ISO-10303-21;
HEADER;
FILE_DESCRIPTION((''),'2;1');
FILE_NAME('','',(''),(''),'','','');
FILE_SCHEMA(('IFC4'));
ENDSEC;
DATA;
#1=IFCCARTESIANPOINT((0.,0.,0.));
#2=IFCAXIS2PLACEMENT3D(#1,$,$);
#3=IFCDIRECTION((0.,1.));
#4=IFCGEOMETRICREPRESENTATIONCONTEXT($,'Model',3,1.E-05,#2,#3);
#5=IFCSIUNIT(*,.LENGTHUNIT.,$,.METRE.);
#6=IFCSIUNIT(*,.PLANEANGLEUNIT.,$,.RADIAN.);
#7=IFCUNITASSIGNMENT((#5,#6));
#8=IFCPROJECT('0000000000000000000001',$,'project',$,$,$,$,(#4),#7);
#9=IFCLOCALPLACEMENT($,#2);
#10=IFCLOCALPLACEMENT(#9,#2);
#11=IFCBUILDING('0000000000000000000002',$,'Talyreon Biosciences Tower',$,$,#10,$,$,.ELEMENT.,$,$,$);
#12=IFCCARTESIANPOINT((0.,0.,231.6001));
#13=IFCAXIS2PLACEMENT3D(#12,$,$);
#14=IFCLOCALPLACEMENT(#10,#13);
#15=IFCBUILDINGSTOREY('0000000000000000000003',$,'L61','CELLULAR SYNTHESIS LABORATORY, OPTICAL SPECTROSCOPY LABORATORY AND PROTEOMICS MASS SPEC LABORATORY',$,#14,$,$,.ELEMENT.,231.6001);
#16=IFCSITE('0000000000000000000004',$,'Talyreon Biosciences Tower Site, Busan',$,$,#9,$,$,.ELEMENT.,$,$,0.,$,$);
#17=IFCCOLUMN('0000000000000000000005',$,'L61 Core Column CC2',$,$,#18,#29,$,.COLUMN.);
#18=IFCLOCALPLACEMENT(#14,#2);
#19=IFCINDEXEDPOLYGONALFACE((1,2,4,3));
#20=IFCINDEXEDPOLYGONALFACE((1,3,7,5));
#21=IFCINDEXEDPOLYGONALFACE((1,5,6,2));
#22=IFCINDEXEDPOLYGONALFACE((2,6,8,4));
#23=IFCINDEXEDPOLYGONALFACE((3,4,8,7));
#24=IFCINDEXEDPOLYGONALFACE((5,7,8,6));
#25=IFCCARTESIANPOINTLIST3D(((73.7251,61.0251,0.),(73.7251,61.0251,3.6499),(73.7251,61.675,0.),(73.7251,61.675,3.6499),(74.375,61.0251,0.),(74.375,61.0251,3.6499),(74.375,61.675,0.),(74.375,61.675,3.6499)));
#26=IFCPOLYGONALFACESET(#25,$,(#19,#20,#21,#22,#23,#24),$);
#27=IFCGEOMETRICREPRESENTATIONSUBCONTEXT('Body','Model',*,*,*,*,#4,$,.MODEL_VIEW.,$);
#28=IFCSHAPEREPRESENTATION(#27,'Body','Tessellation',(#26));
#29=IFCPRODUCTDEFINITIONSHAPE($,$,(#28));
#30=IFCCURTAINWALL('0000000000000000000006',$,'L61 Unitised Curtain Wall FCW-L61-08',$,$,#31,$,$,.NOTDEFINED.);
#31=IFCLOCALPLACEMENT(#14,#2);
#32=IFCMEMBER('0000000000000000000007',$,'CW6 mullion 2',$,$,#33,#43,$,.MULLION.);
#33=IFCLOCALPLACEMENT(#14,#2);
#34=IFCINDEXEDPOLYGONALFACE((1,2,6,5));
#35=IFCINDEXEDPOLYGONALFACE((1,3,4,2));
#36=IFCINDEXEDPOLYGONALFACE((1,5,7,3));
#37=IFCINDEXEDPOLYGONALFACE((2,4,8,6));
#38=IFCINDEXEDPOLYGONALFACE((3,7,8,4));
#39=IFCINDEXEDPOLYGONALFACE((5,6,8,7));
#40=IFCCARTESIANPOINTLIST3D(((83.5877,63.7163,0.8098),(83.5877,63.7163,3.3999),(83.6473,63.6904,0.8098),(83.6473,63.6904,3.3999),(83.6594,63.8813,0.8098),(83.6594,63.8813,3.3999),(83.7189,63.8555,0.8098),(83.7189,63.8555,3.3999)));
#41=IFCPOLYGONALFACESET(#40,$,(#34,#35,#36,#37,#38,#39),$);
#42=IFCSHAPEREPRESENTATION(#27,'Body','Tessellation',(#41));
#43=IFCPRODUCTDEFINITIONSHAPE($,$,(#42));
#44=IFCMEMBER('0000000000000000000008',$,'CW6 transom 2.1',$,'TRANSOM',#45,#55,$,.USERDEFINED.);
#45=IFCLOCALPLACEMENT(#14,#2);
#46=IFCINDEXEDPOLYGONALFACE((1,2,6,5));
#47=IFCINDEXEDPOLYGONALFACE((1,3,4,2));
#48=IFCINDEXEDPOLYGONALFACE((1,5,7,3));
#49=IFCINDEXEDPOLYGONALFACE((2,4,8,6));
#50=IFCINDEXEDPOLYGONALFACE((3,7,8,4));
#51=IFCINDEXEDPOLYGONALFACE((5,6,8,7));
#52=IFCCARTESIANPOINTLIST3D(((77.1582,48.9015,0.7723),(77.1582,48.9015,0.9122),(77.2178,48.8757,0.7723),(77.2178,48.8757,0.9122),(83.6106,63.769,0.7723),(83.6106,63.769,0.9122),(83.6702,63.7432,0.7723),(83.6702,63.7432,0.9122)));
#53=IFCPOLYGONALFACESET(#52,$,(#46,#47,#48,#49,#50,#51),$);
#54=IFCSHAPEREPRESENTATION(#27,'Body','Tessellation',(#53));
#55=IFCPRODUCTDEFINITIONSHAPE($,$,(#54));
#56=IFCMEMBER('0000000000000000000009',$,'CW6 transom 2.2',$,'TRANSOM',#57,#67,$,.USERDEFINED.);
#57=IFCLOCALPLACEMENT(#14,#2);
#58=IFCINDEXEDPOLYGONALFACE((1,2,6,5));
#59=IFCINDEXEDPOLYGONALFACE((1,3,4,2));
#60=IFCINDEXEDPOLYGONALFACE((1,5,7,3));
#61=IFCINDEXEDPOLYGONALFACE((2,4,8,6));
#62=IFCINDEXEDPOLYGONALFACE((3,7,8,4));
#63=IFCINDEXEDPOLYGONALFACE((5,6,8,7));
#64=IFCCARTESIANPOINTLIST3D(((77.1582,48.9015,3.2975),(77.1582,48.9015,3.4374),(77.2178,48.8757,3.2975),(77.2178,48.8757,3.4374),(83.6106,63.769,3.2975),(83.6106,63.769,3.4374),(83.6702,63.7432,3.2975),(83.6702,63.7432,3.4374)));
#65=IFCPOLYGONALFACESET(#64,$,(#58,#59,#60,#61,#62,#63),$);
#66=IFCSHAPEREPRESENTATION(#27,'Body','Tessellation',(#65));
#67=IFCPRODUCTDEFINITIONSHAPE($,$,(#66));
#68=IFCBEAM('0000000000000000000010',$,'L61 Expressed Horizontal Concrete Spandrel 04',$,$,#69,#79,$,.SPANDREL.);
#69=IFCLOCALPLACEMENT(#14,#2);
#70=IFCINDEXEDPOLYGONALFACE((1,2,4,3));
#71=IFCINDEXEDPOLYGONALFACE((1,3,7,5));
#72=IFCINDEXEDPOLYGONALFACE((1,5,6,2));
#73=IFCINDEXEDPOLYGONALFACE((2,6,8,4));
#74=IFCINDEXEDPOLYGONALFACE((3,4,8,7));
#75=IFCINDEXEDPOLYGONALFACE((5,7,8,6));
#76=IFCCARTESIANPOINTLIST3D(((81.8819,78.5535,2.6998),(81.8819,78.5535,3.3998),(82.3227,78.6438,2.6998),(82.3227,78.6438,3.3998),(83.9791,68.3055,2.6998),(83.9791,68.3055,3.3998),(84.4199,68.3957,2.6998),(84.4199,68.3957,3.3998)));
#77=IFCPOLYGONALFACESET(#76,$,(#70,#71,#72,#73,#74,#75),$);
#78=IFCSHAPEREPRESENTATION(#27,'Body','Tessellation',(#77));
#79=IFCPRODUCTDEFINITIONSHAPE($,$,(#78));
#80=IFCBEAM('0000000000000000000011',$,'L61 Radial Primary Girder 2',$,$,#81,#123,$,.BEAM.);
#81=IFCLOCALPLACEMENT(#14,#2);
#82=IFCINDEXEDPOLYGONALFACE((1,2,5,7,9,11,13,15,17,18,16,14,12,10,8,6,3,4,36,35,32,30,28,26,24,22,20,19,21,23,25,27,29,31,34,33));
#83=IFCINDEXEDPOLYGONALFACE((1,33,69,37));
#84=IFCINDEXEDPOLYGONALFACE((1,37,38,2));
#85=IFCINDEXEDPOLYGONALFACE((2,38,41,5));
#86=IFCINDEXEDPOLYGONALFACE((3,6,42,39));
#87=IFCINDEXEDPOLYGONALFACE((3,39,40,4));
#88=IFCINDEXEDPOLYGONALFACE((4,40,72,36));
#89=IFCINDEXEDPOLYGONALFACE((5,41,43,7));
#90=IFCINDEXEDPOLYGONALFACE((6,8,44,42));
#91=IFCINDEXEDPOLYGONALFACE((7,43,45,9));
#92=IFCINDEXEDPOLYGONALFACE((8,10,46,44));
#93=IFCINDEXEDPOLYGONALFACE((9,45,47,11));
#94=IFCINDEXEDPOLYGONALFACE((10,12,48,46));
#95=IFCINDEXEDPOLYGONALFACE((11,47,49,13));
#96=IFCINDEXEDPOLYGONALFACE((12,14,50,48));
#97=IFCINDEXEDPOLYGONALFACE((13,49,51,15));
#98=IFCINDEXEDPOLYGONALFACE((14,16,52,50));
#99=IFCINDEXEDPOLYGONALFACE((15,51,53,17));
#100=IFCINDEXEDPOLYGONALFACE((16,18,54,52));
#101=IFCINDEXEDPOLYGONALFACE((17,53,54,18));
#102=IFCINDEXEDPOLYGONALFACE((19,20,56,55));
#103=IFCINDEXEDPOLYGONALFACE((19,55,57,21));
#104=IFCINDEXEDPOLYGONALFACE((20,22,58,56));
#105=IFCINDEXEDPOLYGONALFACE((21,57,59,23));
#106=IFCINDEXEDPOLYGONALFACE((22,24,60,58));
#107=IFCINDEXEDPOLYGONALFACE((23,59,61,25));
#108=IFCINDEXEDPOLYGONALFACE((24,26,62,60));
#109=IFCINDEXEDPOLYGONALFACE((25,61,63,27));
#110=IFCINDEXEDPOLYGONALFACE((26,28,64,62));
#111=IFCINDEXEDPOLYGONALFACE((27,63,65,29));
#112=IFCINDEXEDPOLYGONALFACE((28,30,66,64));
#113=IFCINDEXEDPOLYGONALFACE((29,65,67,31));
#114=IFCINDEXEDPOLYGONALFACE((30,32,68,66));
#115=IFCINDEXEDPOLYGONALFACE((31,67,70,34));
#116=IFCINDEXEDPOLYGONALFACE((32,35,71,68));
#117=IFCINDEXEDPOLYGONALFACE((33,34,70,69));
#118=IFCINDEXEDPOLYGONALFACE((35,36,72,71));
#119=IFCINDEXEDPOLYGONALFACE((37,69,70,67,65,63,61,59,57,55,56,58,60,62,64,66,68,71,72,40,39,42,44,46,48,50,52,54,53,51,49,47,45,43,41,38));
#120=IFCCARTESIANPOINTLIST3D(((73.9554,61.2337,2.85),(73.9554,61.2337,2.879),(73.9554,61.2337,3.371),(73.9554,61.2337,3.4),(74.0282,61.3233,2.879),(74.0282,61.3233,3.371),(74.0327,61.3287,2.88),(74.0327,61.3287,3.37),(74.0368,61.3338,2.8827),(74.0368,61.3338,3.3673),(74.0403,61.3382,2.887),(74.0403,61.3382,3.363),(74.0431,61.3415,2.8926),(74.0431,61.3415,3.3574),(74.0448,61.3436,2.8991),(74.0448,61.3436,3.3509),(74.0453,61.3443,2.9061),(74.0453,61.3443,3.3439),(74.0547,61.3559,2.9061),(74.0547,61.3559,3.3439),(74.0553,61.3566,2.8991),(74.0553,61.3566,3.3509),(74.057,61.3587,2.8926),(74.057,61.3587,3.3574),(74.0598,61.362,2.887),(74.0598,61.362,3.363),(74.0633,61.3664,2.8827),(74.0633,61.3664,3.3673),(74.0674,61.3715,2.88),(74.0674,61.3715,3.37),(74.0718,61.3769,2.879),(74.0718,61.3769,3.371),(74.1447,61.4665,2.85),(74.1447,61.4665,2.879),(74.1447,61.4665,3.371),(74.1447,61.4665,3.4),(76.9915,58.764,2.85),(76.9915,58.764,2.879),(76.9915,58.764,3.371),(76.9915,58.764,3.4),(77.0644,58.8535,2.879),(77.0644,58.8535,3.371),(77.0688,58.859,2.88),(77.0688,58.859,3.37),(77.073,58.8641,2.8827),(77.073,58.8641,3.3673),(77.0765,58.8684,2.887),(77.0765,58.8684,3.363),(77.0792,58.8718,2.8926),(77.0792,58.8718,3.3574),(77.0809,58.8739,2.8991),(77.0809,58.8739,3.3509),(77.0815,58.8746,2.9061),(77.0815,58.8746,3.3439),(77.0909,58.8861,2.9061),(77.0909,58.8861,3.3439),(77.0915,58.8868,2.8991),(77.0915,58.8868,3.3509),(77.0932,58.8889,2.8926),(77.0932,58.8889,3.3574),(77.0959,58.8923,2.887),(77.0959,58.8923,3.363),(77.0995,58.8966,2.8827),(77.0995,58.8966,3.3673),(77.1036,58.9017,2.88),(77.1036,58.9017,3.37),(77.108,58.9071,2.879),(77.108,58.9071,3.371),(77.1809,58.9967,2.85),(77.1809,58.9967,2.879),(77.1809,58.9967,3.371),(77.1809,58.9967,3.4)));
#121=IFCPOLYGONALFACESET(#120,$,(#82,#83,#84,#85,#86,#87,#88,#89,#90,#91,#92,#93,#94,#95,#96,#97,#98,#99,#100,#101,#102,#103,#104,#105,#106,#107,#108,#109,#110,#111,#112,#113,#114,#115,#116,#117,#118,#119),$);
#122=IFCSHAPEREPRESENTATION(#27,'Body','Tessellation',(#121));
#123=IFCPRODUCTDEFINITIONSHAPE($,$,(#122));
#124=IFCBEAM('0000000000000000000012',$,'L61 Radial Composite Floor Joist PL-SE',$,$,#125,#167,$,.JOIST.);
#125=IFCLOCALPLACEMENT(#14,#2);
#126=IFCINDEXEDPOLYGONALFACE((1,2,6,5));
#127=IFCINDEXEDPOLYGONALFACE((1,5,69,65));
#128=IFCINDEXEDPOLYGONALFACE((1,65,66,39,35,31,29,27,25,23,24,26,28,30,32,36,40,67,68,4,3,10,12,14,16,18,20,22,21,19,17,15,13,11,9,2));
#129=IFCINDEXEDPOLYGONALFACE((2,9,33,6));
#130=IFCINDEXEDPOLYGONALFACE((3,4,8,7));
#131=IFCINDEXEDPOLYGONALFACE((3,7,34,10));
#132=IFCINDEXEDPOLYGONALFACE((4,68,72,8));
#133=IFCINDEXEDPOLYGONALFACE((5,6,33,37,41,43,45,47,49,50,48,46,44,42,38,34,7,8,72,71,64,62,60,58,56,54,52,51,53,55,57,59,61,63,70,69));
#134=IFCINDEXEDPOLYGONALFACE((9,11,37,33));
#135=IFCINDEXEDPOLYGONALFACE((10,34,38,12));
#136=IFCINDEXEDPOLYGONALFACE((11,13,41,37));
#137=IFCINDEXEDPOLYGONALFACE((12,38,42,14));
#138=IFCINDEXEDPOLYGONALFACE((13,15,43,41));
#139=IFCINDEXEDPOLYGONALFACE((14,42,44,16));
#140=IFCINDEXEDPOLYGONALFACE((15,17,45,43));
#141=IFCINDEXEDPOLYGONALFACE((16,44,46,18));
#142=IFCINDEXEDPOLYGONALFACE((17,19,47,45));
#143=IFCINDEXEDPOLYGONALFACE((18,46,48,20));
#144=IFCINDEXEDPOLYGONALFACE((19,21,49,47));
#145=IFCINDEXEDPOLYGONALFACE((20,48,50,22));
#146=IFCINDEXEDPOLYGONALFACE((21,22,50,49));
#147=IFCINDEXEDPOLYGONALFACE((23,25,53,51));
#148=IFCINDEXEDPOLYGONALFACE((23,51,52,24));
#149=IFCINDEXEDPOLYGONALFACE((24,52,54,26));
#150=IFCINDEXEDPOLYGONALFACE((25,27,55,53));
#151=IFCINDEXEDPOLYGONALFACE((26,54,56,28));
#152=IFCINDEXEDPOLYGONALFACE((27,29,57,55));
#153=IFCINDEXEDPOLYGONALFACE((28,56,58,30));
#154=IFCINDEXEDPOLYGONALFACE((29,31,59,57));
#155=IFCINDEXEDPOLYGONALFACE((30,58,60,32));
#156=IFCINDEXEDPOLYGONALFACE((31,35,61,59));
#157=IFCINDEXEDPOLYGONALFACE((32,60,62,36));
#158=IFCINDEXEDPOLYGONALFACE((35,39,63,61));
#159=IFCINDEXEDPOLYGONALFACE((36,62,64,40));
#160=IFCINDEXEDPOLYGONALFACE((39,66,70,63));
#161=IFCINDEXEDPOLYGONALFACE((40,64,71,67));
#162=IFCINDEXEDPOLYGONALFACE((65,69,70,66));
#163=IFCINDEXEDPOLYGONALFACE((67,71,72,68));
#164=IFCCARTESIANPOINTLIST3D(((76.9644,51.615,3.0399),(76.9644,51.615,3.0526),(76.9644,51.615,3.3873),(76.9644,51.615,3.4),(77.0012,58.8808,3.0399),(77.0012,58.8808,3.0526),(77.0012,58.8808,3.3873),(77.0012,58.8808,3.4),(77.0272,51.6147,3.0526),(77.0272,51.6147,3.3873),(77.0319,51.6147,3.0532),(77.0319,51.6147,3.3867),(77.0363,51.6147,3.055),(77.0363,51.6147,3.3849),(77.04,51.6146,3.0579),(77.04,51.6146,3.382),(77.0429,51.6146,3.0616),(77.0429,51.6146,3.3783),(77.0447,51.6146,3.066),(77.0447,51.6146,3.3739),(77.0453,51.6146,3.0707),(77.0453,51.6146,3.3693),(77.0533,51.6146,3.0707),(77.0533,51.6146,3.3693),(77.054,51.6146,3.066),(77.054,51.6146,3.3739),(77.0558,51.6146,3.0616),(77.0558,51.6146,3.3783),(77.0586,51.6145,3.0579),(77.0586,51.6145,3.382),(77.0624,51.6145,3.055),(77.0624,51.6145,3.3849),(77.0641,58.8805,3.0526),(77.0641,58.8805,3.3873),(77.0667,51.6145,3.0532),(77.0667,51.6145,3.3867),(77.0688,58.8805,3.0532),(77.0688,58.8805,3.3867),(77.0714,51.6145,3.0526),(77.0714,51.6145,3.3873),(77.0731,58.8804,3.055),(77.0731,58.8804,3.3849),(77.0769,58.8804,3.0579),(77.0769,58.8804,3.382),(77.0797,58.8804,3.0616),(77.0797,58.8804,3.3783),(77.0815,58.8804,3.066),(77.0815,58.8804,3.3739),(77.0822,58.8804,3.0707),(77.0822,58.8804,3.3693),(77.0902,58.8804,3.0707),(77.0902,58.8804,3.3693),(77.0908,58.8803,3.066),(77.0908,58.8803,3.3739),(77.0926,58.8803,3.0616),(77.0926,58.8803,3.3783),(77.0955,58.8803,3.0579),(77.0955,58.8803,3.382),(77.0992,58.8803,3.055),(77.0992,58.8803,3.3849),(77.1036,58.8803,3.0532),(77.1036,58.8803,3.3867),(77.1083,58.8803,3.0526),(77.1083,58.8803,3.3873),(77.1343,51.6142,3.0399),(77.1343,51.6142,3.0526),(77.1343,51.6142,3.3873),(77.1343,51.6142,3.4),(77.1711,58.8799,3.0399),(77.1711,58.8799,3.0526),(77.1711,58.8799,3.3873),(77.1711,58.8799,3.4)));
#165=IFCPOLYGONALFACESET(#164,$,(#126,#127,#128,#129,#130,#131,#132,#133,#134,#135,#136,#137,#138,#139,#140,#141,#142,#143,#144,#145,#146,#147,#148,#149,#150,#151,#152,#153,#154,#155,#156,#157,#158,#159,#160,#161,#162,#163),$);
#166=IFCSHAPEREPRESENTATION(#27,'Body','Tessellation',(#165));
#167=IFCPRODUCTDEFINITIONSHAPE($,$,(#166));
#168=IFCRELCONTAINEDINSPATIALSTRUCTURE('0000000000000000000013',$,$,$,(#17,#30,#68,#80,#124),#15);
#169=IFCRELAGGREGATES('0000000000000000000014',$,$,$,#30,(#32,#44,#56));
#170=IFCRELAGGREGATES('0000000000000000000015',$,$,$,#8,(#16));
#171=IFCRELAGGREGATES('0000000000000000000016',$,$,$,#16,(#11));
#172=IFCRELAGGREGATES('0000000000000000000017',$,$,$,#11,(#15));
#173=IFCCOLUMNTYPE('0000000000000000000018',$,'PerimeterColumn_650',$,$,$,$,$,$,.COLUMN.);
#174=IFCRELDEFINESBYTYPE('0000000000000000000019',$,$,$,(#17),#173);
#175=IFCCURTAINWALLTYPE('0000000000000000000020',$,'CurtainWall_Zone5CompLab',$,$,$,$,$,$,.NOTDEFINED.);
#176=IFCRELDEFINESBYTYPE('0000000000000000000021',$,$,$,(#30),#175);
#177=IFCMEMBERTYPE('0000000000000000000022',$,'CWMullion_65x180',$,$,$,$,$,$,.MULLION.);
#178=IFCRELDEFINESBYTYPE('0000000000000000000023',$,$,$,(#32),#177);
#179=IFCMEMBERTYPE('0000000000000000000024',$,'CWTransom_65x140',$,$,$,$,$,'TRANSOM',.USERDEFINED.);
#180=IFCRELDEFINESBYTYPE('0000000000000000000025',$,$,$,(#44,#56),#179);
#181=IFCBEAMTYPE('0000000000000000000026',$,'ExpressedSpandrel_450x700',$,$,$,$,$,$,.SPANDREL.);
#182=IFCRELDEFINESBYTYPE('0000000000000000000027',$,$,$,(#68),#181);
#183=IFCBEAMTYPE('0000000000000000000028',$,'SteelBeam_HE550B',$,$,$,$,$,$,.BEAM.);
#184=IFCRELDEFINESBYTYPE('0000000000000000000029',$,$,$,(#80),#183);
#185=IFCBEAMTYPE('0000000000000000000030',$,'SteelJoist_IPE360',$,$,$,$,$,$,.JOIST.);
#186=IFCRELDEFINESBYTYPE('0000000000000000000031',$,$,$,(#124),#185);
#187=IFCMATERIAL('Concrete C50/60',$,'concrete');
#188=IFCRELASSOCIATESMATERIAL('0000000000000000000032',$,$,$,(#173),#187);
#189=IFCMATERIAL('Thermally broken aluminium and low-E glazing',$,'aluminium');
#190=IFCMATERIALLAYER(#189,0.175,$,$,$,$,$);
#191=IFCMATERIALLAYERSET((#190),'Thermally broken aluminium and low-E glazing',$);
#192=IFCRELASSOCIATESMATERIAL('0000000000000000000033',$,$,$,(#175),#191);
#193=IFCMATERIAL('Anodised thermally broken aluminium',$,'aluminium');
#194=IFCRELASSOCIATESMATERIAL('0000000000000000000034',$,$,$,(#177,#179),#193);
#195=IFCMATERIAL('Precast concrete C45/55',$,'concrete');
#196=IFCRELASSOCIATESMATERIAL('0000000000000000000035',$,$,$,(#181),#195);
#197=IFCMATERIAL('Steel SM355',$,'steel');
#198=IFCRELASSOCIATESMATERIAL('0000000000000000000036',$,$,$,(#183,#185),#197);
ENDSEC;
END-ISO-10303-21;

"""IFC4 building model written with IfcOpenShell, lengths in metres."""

from ifc_helpers import new_model, si_unit, direction, frame, origin, origin_2d, place, context, subcontext, project, spatial, rectangle, i_section, extrude, material, layer, layer_set, material_profile, profile_set, type_object, element, aggregate, save


model = new_model("IFC4")

# Units and contexts
model_context = context("Model", 3, precision=1e-05, world=origin(), true_north=direction((0.0, 1.0)))
body_context = subcontext(model_context, "Body", "Model", "MODEL_VIEW")
ifc_project = project(units=[si_unit("LENGTHUNIT", "METRE"), si_unit("PLANEANGLEUNIT", "RADIAN")], contexts=[model_context])

# Site, building, storey
site_placement = place(None, origin())
site = spatial("IfcSite", under=ifc_project, at=site_placement, Name="Talyreon Biosciences Tower Site, Busan", CompositionType="ELEMENT", RefElevation=0.0)
building_placement = place(site_placement, origin())
building = spatial("IfcBuilding", under=site, at=building_placement, Name="Talyreon Biosciences Tower", CompositionType="ELEMENT")
storey_placement = place(building_placement, frame((0.0, 0.0, 231.6001)))
storey = spatial("IfcBuildingStorey", under=building, at=storey_placement, Name="L61", Description="CELLULAR SYNTHESIS LABORATORY, OPTICAL SPECTROSCOPY LABORATORY AND PROTEOMICS MASS SPEC LABORATORY", CompositionType="ELEMENT", Elevation=231.6001)

# Column
ifc_material_1 = material(Name="Concrete C50/60", Category="concrete")
ifc_material_profile_1 = material_profile(ifc_material_1, rectangle(XDim=0.6499, YDim=0.6499, at=origin_2d()), Name="RC 650x650")
ifc_profile_set_1 = profile_set([ifc_material_profile_1], Name="Concrete C50/60")
column_type = type_object("IfcColumnType", Name="PerimeterColumn_650", PredefinedType="COLUMN", material=ifc_profile_set_1)
column_placement = place(storey_placement, frame((74.05, 61.3501, 0.0), z_axis=(0.0, 0.0, 1.0), x_axis=(1.0, 0.0, 0.0)))
element("IfcColumn", 1, at=column_placement, inside=storey, type_object=column_type, Name="L61 Core Column CC2", PredefinedType="COLUMN", context=body_context, shape_type="SweptSolid", body=[
    extrude(rectangle(XDim=0.6499, YDim=0.6499, at=origin_2d()), origin(), (0.0, 0.0, 1.0), 3.6499),
])

# Curtain wall, members
ifc_material_2 = material(Name="Thermally broken aluminium and low-E glazing", Category="aluminium")
ifc_layer_1 = layer(ifc_material_2, 0.175)
ifc_layer_set_1 = layer_set([ifc_layer_1], Name="Thermally broken aluminium and low-E glazing")
curtain_wall_type = type_object("IfcCurtainWallType", Name="CurtainWall_Zone5CompLab", PredefinedType="NOTDEFINED", material=ifc_layer_set_1)
curtain_wall_placement = place(storey_placement, origin())
curtain_wall = element("IfcCurtainWall", 2, at=curtain_wall_placement, inside=storey, type_object=curtain_wall_type, Name="L61 Unitised Curtain Wall FCW-L61-08", PredefinedType="NOTDEFINED")
ifc_material_3 = material(Name="Anodised thermally broken aluminium", Category="aluminium")
ifc_material_profile_2 = material_profile(ifc_material_3, rectangle(XDim=0.0649, YDim=0.1799, at=origin_2d()), Name="ALUM MULLION 65x180")
ifc_profile_set_2 = profile_set([ifc_material_profile_2], Name="Anodised thermally broken aluminium")
member_type_1 = type_object("IfcMemberType", Name="CWMullion_65x180", PredefinedType="MULLION", material=ifc_profile_set_2)
member_1_placement = place(storey_placement, frame((83.6533, 63.7859, 0.8098), z_axis=(0.0, 0.0, 1.0), x_axis=(0.917337, -0.398112, 0.0)))
member_1 = element("IfcMember", 3, at=member_1_placement, type_object=member_type_1, Name="CW6 mullion 2", PredefinedType="MULLION", context=body_context, shape_type="SweptSolid", body=[
    extrude(rectangle(XDim=0.0649, YDim=0.1799, at=origin_2d()), origin(), (0.0, 0.0, 1.0), 2.5901),
])
ifc_material_profile_3 = material_profile(ifc_material_3, rectangle(XDim=0.0649, YDim=0.1399, at=origin_2d()), Name="ALUM TRANSOM 65x140")
ifc_profile_set_3 = profile_set([ifc_material_profile_3], Name="Anodised thermally broken aluminium")
member_type_2 = type_object("IfcMemberType", Name="CWTransom_65x140", ElementType="TRANSOM", PredefinedType="USERDEFINED", material=ifc_profile_set_3)
member_2_placement = place(storey_placement, frame((83.6404, 63.7561, 0.8423), z_axis=(-0.398118, -0.917334, 0.0), x_axis=(0.917334, -0.398118, 0.0)))
member_2 = element("IfcMember", 4, at=member_2_placement, type_object=member_type_2, Name="CW6 transom 2.1", ObjectType="TRANSOM", PredefinedType="USERDEFINED", context=body_context, shape_type="SweptSolid", body=[
    extrude(rectangle(XDim=0.0649, YDim=0.1399, at=origin_2d()), origin(), (0.0, 0.0, 1.0), 16.2073),
])
member_3_placement = place(storey_placement, frame((83.6404, 63.7561, 3.3674), z_axis=(-0.398118, -0.917334, 0.0), x_axis=(0.917334, -0.398118, 0.0)))
member_3 = element("IfcMember", 5, at=member_3_placement, type_object=member_type_2, Name="CW6 transom 2.2", ObjectType="TRANSOM", PredefinedType="USERDEFINED", context=body_context, shape_type="SweptSolid", body=[
    extrude(rectangle(XDim=0.0649, YDim=0.1399, at=origin_2d()), origin(), (0.0, 0.0, 1.0), 16.2073),
])
aggregate(curtain_wall, [member_1, member_2, member_3])

# Beams
ifc_material_4 = material(Name="Precast concrete C45/55", Category="concrete")
ifc_material_profile_4 = material_profile(ifc_material_4, rectangle(XDim=0.45, YDim=0.7, at=origin_2d()), Name="RCB 450x700")
ifc_profile_set_4 = profile_set([ifc_material_profile_4], Name="Precast concrete C45/55")
beam_type_1 = type_object("IfcBeamType", Name="ExpressedSpandrel_450x700", PredefinedType="SPANDREL", material=ifc_profile_set_4)
beam_1_placement = place(storey_placement, frame((84.1995, 68.3506, 3.0498), z_axis=(-0.200486, 0.979697, 0.0), x_axis=(-0.979697, -0.200486, 0.0)))
element("IfcBeam", 6, at=beam_1_placement, inside=storey, type_object=beam_type_1, Name="L61 Expressed Horizontal Concrete Spandrel 04", PredefinedType="SPANDREL", context=body_context, shape_type="SweptSolid", body=[
    extrude(rectangle(XDim=0.45, YDim=0.7, at=origin_2d()), origin(), (0.0, 0.0, 1.0), 10.4604),
])
ifc_material_5 = material(Name="Steel SM355", Category="steel")
ifc_material_profile_5 = material_profile(ifc_material_5, i_section(OverallWidth=0.3, OverallDepth=0.55, WebThickness=0.0149, FlangeThickness=0.0291, FilletRadius=0.0271, at=origin_2d()), Name="HE550B")
ifc_profile_set_5 = profile_set([ifc_material_profile_5], Name="Steel SM355")
beam_type_2 = type_object("IfcBeamType", Name="SteelBeam_HE550B", PredefinedType="BEAM", material=ifc_profile_set_5)
beam_2_placement = place(storey_placement, frame((74.05, 61.3501, 3.125), z_axis=(0.775755, -0.631034, 0.0), x_axis=(0.631034, 0.775755, 0.0)))
element("IfcBeam", 7, at=beam_2_placement, inside=storey, type_object=beam_type_2, Name="L61 Radial Primary Girder 2", PredefinedType="BEAM", context=body_context, shape_type="SweptSolid", body=[
    extrude(i_section(OverallWidth=0.3, OverallDepth=0.55, WebThickness=0.0149, FlangeThickness=0.0291, FilletRadius=0.0271, at=origin_2d()), origin(), (0.0, 0.0, 1.0), 3.9138),
])
ifc_material_profile_6 = material_profile(ifc_material_5, i_section(OverallWidth=0.1699, OverallDepth=0.3601, WebThickness=0.0081, FlangeThickness=0.0127, FilletRadius=0.0181, at=origin_2d()), Name="IPE360")
ifc_profile_set_6 = profile_set([ifc_material_profile_6], Name="Steel SM355")
beam_type_3 = type_object("IfcBeamType", Name="SteelJoist_IPE360", PredefinedType="JOIST", material=ifc_profile_set_6)
beam_3_placement = place(storey_placement, frame((77.0862, 58.8804, 3.22), z_axis=(-0.005074, -0.999987, 0.0), x_axis=(0.999987, -0.005074, 0.0)))
element("IfcBeam", 8, at=beam_3_placement, inside=storey, type_object=beam_type_3, Name="L61 Radial Composite Floor Joist PL-SE", PredefinedType="JOIST", context=body_context, shape_type="SweptSolid", body=[
    extrude(i_section(OverallWidth=0.1699, OverallDepth=0.3601, WebThickness=0.0081, FlangeThickness=0.0127, FilletRadius=0.0181, at=origin_2d()), origin(), (0.0, 0.0, 1.0), 7.2659),
])

save(model, "model.ifc")
